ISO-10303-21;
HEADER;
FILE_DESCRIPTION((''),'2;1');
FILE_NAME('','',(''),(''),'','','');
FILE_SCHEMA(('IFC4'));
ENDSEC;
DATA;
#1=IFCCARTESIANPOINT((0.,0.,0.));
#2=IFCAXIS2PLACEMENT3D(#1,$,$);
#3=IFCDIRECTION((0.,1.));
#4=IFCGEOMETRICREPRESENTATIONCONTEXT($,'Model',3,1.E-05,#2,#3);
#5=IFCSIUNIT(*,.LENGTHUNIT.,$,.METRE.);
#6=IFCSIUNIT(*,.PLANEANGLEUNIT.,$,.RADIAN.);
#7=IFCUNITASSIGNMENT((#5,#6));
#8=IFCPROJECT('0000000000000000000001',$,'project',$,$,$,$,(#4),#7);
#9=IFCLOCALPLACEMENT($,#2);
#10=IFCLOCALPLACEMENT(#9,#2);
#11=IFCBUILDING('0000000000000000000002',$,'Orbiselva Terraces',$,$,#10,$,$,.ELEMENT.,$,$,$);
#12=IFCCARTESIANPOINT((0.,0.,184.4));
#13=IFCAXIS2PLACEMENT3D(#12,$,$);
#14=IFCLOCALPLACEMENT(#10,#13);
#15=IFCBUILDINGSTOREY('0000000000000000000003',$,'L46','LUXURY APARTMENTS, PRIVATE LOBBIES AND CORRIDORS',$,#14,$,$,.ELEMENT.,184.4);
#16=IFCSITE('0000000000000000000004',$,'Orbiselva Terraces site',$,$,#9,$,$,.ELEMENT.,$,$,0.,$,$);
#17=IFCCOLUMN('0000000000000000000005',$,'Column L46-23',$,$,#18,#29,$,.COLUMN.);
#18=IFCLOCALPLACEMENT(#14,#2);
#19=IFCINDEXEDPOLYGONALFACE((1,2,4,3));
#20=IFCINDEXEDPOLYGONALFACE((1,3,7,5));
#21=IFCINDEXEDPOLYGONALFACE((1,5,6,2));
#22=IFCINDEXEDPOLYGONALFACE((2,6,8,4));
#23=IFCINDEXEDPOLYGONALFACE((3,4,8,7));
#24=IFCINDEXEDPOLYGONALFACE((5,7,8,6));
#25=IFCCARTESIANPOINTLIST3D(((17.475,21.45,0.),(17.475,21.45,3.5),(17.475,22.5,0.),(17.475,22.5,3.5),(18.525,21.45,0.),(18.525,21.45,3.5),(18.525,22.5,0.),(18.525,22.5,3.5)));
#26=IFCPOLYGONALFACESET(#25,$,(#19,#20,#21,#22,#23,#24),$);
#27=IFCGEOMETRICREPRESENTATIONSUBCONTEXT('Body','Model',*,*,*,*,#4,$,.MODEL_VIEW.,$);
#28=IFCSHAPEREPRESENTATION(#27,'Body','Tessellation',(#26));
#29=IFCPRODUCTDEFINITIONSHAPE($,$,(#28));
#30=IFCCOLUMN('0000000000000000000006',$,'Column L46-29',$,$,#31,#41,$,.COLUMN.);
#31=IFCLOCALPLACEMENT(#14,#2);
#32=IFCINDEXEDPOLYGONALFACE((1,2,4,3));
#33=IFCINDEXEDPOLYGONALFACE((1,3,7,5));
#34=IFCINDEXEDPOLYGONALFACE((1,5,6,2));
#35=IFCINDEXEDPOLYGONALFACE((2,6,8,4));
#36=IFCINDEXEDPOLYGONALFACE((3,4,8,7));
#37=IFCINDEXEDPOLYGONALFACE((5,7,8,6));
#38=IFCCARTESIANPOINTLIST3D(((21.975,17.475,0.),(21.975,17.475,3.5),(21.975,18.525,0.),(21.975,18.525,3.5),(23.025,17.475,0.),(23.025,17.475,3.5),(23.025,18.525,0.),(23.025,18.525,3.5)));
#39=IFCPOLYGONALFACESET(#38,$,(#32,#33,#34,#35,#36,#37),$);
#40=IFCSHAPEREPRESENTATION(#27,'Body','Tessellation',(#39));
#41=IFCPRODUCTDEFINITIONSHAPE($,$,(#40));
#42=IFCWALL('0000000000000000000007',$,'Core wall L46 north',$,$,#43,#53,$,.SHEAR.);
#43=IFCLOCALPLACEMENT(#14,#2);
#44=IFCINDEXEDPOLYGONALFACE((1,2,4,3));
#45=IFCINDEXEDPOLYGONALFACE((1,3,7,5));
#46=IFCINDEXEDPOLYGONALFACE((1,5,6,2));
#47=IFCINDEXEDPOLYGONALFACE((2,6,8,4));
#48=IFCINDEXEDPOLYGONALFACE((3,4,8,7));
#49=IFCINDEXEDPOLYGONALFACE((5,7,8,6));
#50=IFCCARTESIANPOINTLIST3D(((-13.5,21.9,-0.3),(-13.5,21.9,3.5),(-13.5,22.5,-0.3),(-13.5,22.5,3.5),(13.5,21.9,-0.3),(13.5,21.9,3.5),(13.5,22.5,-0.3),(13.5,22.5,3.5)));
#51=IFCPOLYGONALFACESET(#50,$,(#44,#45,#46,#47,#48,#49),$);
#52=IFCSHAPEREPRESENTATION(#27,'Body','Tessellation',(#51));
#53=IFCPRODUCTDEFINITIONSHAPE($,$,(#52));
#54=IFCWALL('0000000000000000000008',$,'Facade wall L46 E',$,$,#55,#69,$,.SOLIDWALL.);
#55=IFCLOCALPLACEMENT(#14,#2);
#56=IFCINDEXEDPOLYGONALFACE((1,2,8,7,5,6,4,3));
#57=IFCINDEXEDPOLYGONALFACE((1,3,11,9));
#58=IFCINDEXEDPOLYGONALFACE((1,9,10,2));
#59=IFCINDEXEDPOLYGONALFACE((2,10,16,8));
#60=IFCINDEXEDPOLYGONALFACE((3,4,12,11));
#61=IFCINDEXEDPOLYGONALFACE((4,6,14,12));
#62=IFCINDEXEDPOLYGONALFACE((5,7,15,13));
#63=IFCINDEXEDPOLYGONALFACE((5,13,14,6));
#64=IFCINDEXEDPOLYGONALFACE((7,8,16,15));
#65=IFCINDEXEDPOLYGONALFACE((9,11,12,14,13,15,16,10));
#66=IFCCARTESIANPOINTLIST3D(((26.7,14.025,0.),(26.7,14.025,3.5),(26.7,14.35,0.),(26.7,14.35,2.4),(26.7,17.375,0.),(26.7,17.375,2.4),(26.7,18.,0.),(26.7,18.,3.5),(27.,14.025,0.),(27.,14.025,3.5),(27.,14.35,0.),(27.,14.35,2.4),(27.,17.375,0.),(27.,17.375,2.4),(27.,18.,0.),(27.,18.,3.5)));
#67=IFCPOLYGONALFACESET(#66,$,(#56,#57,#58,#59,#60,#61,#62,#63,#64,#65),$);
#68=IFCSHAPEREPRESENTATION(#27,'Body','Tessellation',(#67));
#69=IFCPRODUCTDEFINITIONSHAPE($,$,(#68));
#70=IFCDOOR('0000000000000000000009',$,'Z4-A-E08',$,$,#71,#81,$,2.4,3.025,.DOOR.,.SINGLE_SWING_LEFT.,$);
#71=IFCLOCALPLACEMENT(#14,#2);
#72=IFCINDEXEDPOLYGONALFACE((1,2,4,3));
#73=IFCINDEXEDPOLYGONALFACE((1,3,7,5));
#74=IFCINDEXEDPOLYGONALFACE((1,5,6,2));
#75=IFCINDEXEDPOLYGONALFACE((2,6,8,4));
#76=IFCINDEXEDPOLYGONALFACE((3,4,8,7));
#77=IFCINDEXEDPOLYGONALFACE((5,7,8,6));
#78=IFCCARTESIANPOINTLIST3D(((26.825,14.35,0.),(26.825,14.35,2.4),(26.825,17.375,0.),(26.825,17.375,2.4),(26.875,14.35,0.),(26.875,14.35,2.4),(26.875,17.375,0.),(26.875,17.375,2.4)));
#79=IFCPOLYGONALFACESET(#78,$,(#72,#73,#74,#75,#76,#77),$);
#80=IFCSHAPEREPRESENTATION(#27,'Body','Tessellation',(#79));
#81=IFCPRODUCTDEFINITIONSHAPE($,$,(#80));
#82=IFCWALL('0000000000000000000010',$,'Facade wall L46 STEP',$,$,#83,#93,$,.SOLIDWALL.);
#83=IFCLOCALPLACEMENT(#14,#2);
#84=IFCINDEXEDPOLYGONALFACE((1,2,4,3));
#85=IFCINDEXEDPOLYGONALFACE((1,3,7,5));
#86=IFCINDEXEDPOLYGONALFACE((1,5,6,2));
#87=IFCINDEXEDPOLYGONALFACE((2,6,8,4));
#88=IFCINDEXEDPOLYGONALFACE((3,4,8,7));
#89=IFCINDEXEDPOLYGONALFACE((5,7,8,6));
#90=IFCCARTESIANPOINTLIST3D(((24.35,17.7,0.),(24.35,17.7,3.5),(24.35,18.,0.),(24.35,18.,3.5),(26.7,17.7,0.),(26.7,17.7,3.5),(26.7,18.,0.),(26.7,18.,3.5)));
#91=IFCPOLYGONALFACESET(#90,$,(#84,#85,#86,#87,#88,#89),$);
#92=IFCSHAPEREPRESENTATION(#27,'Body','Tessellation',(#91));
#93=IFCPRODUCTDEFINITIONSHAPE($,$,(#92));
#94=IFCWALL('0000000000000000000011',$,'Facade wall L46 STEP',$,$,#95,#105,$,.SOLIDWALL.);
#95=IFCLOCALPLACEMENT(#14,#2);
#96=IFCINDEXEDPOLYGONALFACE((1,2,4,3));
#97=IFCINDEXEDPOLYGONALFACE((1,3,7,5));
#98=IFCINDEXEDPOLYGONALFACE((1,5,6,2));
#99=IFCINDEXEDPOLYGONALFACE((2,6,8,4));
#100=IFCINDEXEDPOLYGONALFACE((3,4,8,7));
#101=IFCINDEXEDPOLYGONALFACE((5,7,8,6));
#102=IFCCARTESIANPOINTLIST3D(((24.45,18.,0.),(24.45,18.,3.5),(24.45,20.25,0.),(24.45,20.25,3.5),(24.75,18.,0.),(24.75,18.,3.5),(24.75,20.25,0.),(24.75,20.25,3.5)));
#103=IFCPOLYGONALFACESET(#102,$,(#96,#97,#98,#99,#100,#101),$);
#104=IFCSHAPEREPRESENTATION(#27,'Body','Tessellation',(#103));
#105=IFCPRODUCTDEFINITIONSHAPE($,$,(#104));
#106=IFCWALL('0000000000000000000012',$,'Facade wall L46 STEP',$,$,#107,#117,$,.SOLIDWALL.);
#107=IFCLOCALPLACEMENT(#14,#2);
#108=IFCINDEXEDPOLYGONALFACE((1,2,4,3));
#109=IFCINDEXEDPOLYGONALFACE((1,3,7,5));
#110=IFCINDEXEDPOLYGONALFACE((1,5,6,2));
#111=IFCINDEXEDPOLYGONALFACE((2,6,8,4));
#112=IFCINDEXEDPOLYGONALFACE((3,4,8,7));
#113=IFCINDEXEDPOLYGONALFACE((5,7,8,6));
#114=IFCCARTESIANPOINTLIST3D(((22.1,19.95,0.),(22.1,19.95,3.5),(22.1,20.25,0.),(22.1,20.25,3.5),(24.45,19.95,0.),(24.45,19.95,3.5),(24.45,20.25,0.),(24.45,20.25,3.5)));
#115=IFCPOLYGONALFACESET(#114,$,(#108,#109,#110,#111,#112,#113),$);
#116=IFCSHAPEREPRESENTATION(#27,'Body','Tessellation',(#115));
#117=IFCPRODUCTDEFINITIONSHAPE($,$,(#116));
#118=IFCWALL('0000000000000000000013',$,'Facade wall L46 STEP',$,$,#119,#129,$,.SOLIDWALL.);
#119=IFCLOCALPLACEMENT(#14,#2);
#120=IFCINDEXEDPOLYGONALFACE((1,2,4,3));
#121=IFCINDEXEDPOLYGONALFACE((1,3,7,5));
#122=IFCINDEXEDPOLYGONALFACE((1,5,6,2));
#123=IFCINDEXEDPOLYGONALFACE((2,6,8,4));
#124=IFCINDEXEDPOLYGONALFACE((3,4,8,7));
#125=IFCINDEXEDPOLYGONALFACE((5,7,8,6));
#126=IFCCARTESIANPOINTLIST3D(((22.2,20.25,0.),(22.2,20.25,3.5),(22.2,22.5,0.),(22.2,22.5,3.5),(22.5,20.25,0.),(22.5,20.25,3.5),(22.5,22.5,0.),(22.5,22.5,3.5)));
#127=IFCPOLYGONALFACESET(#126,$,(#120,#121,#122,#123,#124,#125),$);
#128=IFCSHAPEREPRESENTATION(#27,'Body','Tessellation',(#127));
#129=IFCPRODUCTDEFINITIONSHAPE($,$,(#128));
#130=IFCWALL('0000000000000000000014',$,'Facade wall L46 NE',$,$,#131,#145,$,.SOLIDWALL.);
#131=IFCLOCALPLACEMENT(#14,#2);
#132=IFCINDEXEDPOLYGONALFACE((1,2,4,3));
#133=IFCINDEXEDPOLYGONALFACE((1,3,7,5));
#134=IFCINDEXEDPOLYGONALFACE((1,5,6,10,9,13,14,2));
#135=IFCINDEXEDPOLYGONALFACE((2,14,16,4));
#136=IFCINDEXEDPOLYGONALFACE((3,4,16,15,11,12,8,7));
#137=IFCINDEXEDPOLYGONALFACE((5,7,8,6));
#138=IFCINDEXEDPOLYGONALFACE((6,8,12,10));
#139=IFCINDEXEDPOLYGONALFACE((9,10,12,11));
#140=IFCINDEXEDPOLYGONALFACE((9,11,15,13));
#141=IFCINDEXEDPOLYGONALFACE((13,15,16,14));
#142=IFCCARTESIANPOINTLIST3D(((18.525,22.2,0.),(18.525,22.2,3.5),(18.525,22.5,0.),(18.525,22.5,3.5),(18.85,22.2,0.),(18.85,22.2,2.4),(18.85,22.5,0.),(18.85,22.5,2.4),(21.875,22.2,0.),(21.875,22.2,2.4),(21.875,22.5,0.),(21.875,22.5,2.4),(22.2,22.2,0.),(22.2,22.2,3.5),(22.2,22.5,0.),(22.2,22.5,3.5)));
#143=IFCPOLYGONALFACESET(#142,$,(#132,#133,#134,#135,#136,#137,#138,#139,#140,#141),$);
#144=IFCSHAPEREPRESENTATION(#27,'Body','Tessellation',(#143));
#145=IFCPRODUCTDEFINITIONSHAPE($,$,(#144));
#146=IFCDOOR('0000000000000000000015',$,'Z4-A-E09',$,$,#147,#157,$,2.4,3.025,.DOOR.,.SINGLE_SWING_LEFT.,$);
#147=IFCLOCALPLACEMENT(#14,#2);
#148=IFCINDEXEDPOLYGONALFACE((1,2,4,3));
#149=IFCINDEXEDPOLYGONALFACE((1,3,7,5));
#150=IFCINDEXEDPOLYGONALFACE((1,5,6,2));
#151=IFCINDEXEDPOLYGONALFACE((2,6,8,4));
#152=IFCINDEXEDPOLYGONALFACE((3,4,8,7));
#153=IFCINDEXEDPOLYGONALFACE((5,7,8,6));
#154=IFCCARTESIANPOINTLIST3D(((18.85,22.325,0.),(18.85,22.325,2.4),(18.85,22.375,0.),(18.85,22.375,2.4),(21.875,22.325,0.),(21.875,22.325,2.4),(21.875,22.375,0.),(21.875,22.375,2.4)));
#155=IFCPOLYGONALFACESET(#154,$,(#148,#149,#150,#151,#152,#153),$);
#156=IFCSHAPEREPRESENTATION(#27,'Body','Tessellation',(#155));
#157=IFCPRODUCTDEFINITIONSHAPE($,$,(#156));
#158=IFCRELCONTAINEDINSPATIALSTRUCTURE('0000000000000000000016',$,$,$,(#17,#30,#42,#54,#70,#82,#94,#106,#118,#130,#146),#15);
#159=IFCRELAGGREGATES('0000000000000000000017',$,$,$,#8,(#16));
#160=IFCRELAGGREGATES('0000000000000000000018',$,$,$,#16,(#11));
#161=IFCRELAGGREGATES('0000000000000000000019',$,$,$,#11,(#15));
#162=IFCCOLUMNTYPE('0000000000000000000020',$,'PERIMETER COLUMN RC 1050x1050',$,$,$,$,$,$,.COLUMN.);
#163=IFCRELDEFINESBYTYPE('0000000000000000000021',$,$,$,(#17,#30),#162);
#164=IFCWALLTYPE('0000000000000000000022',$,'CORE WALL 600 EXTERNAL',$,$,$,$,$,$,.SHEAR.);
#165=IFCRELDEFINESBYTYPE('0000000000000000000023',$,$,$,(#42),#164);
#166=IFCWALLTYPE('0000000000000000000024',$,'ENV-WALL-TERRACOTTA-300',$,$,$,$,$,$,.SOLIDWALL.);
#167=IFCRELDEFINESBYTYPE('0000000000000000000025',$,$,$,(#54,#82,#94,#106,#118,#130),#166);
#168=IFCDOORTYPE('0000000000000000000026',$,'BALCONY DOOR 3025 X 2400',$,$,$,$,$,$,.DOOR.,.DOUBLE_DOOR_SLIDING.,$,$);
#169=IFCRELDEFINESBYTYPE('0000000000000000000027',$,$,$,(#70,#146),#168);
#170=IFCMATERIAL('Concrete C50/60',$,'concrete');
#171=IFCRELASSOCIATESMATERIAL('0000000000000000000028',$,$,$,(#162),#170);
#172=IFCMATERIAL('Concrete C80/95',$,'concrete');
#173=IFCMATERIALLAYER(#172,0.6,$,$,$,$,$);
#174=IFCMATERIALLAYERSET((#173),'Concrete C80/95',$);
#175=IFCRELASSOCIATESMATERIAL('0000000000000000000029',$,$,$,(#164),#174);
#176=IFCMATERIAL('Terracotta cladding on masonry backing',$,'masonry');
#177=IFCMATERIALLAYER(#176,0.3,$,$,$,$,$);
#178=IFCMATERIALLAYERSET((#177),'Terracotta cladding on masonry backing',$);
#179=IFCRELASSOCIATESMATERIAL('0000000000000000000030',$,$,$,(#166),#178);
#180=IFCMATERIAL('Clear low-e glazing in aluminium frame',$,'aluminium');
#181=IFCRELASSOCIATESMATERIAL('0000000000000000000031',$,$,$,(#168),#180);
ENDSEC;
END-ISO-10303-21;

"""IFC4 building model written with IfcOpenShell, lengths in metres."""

from ifc_helpers import new_model, si_unit, direction, frame, frame_2d, origin, origin_2d, place, context, subcontext, project, spatial, rectangle, extrude, material, layer, layer_set, material_profile, profile_set, type_object, element, fill, save


model = new_model("IFC4")

# Units and contexts
model_context = context("Model", 3, precision=1e-05, world=origin(), true_north=direction((0.0, 1.0)))
body_context = subcontext(model_context, "Body", "Model", "MODEL_VIEW")
ifc_project = project(units=[si_unit("LENGTHUNIT", "METRE"), si_unit("PLANEANGLEUNIT", "RADIAN")], contexts=[model_context])

# Site, building, storey
site_placement = place(None, origin())
site = spatial("IfcSite", under=ifc_project, at=site_placement, Name="Orbiselva Terraces site", CompositionType="ELEMENT", RefElevation=0.0)
building_placement = place(site_placement, origin())
building = spatial("IfcBuilding", under=site, at=building_placement, Name="Orbiselva Terraces", CompositionType="ELEMENT")
storey_placement = place(building_placement, frame((0.0, 0.0, 184.4)))
storey = spatial("IfcBuildingStorey", under=building, at=storey_placement, Name="L46", Description="LUXURY APARTMENTS, PRIVATE LOBBIES AND CORRIDORS", CompositionType="ELEMENT", Elevation=184.4)

# Columns
ifc_material_1 = material(Name="Concrete C50/60", Category="concrete")
ifc_material_profile = material_profile(ifc_material_1, rectangle(XDim=1.05, YDim=1.05, at=origin_2d()), Name="RC 1050x1050")
ifc_profile_set = profile_set([ifc_material_profile], Name="Concrete C50/60")
column_type = type_object("IfcColumnType", Name="PERIMETER COLUMN RC 1050x1050", PredefinedType="COLUMN", material=ifc_profile_set)
for number, where, z_axis, x_axis, name in (
    (1, (18.0, 21.975, 0.0), (0.0, 0.0, 1.0), (1.0, 0.0, 0.0), "Column L46-23"),
    (2, (22.5, 18.0, 0.0), (0.0, 0.0, 1.0), (1.0, 0.0, 0.0), "Column L46-29"),
):
    element("IfcColumn", number, at=place(storey_placement, frame(where, z_axis=z_axis, x_axis=x_axis)), inside=storey, type_object=column_type, Name=name, PredefinedType="COLUMN", context=body_context, shape_type="SweptSolid", body=[
        extrude(rectangle(XDim=1.05, YDim=1.05, at=origin_2d()), origin(), (0.0, 0.0, 1.0), 3.5),
    ])

# Wall
ifc_material_2 = material(Name="Concrete C80/95", Category="concrete")
ifc_layer_1 = layer(ifc_material_2, 0.6)
ifc_layer_set_1 = layer_set([ifc_layer_1], Name="Concrete C80/95")
wall_type_1 = type_object("IfcWallType", Name="CORE WALL 600 EXTERNAL", PredefinedType="SHEAR", material=ifc_layer_set_1)
wall_1_placement = place(storey_placement, frame((13.5, 22.2, -0.3), z_axis=(0.0, 0.0, 1.0), x_axis=(-1.0, 0.0, 0.0)))
element("IfcWall", 3, at=wall_1_placement, inside=storey, type_object=wall_type_1, Name="Core wall L46 north", PredefinedType="SHEAR", context=body_context, shape_type="SweptSolid", body=[
    extrude(rectangle(XDim=27.0, YDim=0.6, at=frame_2d((13.5, 0.0))), origin(), (0.0, 0.0, 1.0), 3.8),
])

# Wall, opening, door
ifc_material_3 = material(Name="Terracotta cladding on masonry backing", Category="masonry")
ifc_layer_2 = layer(ifc_material_3, 0.3)
ifc_layer_set_2 = layer_set([ifc_layer_2], Name="Terracotta cladding on masonry backing")
wall_type_2 = type_object("IfcWallType", Name="ENV-WALL-TERRACOTTA-300", PredefinedType="SOLIDWALL", material=ifc_layer_set_2)
wall_2_placement = place(storey_placement, frame((26.85, 18.0, 0.0), z_axis=(0.0, 0.0, 1.0), x_axis=(0.0, -1.0, 0.0)))
wall_2 = element("IfcWall", 4, at=wall_2_placement, inside=storey, type_object=wall_type_2, Name="Facade wall L46 E", PredefinedType="SOLIDWALL", context=body_context, shape_type="SweptSolid", body=[
    extrude(rectangle(XDim=3.975, YDim=0.3, at=frame_2d((1.9875, 0.0))), origin(), (0.0, 0.0, 1.0), 3.5),
])
opening_1_placement = place(wall_2_placement, frame((0.625, 0.0, 0.0)))
opening_1 = element("IfcOpeningElement", 5, at=opening_1_placement, cuts=wall_2, PredefinedType="OPENING", context=body_context, shape_type="SweptSolid", body=[
    extrude(rectangle(XDim=3.025, YDim=2.4, at=frame_2d((1.5125, 1.2))), frame((0.0, 0.16, 0.0), z_axis=(0.0, -1.0, 0.0), x_axis=(1.0, 0.0, 0.0)), (0.0, 0.0, 1.0), 0.32),
])
ifc_material_4 = material(Name="Clear low-e glazing in aluminium frame", Category="aluminium")
door_type_1 = type_object("IfcDoorType", Name="BALCONY DOOR 3025 X 2400", OperationType="DOUBLE_DOOR_SLIDING", PredefinedType="DOOR", material=ifc_material_4)
door_1_placement = place(opening_1_placement, origin())
door_1 = element("IfcDoor", 6, at=door_1_placement, inside=storey, type_object=door_type_1, Name="Z4-A-E08", OperationType="SINGLE_SWING_LEFT", OverallHeight=2.4, OverallWidth=3.025, PredefinedType="DOOR", context=body_context, shape_type="SweptSolid", body=[
    extrude(rectangle(XDim=3.025, YDim=2.4, at=frame_2d((1.5125, 1.2))), frame((0.0, 0.025, 0.0), z_axis=(0.0, -1.0, 0.0), x_axis=(1.0, 0.0, 0.0)), (0.0, 0.0, 1.0), 0.05),
])
fill(opening_1, door_1)

# Walls
wall_3_placement = place(storey_placement, frame((24.35, 17.85, 0.0), z_axis=(0.0, 0.0, 1.0), x_axis=(1.0, 0.0, 0.0)))
element("IfcWall", 7, at=wall_3_placement, inside=storey, type_object=wall_type_2, Name="Facade wall L46 STEP", PredefinedType="SOLIDWALL", context=body_context, shape_type="SweptSolid", body=[
    extrude(rectangle(XDim=2.35, YDim=0.3, at=frame_2d((1.175, 0.0))), origin(), (0.0, 0.0, 1.0), 3.5),
])
wall_4_placement = place(storey_placement, frame((24.6, 20.25, 0.0), z_axis=(0.0, 0.0, 1.0), x_axis=(0.0, -1.0, 0.0)))
element("IfcWall", 8, at=wall_4_placement, inside=storey, type_object=wall_type_2, Name="Facade wall L46 STEP", PredefinedType="SOLIDWALL", context=body_context, shape_type="SweptSolid", body=[
    extrude(rectangle(XDim=2.25, YDim=0.3, at=frame_2d((1.125, 0.0))), origin(), (0.0, 0.0, 1.0), 3.5),
])
wall_5_placement = place(storey_placement, frame((22.1, 20.1, 0.0), z_axis=(0.0, 0.0, 1.0), x_axis=(1.0, 0.0, 0.0)))
element("IfcWall", 9, at=wall_5_placement, inside=storey, type_object=wall_type_2, Name="Facade wall L46 STEP", PredefinedType="SOLIDWALL", context=body_context, shape_type="SweptSolid", body=[
    extrude(rectangle(XDim=2.35, YDim=0.3, at=frame_2d((1.175, 0.0))), origin(), (0.0, 0.0, 1.0), 3.5),
])
wall_6_placement = place(storey_placement, frame((22.35, 22.5, 0.0), z_axis=(0.0, 0.0, 1.0), x_axis=(0.0, -1.0, 0.0)))
element("IfcWall", 10, at=wall_6_placement, inside=storey, type_object=wall_type_2, Name="Facade wall L46 STEP", PredefinedType="SOLIDWALL", context=body_context, shape_type="SweptSolid", body=[
    extrude(rectangle(XDim=2.25, YDim=0.3, at=frame_2d((1.125, 0.0))), origin(), (0.0, 0.0, 1.0), 3.5),
])

# Wall, opening, door
wall_7_placement = place(storey_placement, frame((18.525, 22.35, 0.0), z_axis=(0.0, 0.0, 1.0), x_axis=(1.0, 0.0, 0.0)))
wall_7 = element("IfcWall", 11, at=wall_7_placement, inside=storey, type_object=wall_type_2, Name="Facade wall L46 NE", PredefinedType="SOLIDWALL", context=body_context, shape_type="SweptSolid", body=[
    extrude(rectangle(XDim=3.675, YDim=0.3, at=frame_2d((1.8375, 0.0))), origin(), (0.0, 0.0, 1.0), 3.5),
])
opening_2_placement = place(wall_7_placement, frame((0.325, 0.0, 0.0)))
opening_2 = element("IfcOpeningElement", 12, at=opening_2_placement, cuts=wall_7, PredefinedType="OPENING", context=body_context, shape_type="SweptSolid", body=[
    extrude(rectangle(XDim=3.025, YDim=2.4, at=frame_2d((1.5125, 1.2))), frame((0.0, 0.16, 0.0), z_axis=(0.0, -1.0, 0.0), x_axis=(1.0, 0.0, 0.0)), (0.0, 0.0, 1.0), 0.32),
])
door_2_placement = place(opening_2_placement, origin())
door_2 = element("IfcDoor", 13, at=door_2_placement, inside=storey, type_object=door_type_1, Name="Z4-A-E09", OperationType="SINGLE_SWING_LEFT", OverallHeight=2.4, OverallWidth=3.025, PredefinedType="DOOR", context=body_context, shape_type="SweptSolid", body=[
    extrude(rectangle(XDim=3.025, YDim=2.4, at=frame_2d((1.5125, 1.2))), frame((0.0, 0.025, 0.0), z_axis=(0.0, -1.0, 0.0), x_axis=(1.0, 0.0, 0.0)), (0.0, 0.0, 1.0), 0.05),
])
fill(opening_2, door_2)

save(model, "model.ifc")
